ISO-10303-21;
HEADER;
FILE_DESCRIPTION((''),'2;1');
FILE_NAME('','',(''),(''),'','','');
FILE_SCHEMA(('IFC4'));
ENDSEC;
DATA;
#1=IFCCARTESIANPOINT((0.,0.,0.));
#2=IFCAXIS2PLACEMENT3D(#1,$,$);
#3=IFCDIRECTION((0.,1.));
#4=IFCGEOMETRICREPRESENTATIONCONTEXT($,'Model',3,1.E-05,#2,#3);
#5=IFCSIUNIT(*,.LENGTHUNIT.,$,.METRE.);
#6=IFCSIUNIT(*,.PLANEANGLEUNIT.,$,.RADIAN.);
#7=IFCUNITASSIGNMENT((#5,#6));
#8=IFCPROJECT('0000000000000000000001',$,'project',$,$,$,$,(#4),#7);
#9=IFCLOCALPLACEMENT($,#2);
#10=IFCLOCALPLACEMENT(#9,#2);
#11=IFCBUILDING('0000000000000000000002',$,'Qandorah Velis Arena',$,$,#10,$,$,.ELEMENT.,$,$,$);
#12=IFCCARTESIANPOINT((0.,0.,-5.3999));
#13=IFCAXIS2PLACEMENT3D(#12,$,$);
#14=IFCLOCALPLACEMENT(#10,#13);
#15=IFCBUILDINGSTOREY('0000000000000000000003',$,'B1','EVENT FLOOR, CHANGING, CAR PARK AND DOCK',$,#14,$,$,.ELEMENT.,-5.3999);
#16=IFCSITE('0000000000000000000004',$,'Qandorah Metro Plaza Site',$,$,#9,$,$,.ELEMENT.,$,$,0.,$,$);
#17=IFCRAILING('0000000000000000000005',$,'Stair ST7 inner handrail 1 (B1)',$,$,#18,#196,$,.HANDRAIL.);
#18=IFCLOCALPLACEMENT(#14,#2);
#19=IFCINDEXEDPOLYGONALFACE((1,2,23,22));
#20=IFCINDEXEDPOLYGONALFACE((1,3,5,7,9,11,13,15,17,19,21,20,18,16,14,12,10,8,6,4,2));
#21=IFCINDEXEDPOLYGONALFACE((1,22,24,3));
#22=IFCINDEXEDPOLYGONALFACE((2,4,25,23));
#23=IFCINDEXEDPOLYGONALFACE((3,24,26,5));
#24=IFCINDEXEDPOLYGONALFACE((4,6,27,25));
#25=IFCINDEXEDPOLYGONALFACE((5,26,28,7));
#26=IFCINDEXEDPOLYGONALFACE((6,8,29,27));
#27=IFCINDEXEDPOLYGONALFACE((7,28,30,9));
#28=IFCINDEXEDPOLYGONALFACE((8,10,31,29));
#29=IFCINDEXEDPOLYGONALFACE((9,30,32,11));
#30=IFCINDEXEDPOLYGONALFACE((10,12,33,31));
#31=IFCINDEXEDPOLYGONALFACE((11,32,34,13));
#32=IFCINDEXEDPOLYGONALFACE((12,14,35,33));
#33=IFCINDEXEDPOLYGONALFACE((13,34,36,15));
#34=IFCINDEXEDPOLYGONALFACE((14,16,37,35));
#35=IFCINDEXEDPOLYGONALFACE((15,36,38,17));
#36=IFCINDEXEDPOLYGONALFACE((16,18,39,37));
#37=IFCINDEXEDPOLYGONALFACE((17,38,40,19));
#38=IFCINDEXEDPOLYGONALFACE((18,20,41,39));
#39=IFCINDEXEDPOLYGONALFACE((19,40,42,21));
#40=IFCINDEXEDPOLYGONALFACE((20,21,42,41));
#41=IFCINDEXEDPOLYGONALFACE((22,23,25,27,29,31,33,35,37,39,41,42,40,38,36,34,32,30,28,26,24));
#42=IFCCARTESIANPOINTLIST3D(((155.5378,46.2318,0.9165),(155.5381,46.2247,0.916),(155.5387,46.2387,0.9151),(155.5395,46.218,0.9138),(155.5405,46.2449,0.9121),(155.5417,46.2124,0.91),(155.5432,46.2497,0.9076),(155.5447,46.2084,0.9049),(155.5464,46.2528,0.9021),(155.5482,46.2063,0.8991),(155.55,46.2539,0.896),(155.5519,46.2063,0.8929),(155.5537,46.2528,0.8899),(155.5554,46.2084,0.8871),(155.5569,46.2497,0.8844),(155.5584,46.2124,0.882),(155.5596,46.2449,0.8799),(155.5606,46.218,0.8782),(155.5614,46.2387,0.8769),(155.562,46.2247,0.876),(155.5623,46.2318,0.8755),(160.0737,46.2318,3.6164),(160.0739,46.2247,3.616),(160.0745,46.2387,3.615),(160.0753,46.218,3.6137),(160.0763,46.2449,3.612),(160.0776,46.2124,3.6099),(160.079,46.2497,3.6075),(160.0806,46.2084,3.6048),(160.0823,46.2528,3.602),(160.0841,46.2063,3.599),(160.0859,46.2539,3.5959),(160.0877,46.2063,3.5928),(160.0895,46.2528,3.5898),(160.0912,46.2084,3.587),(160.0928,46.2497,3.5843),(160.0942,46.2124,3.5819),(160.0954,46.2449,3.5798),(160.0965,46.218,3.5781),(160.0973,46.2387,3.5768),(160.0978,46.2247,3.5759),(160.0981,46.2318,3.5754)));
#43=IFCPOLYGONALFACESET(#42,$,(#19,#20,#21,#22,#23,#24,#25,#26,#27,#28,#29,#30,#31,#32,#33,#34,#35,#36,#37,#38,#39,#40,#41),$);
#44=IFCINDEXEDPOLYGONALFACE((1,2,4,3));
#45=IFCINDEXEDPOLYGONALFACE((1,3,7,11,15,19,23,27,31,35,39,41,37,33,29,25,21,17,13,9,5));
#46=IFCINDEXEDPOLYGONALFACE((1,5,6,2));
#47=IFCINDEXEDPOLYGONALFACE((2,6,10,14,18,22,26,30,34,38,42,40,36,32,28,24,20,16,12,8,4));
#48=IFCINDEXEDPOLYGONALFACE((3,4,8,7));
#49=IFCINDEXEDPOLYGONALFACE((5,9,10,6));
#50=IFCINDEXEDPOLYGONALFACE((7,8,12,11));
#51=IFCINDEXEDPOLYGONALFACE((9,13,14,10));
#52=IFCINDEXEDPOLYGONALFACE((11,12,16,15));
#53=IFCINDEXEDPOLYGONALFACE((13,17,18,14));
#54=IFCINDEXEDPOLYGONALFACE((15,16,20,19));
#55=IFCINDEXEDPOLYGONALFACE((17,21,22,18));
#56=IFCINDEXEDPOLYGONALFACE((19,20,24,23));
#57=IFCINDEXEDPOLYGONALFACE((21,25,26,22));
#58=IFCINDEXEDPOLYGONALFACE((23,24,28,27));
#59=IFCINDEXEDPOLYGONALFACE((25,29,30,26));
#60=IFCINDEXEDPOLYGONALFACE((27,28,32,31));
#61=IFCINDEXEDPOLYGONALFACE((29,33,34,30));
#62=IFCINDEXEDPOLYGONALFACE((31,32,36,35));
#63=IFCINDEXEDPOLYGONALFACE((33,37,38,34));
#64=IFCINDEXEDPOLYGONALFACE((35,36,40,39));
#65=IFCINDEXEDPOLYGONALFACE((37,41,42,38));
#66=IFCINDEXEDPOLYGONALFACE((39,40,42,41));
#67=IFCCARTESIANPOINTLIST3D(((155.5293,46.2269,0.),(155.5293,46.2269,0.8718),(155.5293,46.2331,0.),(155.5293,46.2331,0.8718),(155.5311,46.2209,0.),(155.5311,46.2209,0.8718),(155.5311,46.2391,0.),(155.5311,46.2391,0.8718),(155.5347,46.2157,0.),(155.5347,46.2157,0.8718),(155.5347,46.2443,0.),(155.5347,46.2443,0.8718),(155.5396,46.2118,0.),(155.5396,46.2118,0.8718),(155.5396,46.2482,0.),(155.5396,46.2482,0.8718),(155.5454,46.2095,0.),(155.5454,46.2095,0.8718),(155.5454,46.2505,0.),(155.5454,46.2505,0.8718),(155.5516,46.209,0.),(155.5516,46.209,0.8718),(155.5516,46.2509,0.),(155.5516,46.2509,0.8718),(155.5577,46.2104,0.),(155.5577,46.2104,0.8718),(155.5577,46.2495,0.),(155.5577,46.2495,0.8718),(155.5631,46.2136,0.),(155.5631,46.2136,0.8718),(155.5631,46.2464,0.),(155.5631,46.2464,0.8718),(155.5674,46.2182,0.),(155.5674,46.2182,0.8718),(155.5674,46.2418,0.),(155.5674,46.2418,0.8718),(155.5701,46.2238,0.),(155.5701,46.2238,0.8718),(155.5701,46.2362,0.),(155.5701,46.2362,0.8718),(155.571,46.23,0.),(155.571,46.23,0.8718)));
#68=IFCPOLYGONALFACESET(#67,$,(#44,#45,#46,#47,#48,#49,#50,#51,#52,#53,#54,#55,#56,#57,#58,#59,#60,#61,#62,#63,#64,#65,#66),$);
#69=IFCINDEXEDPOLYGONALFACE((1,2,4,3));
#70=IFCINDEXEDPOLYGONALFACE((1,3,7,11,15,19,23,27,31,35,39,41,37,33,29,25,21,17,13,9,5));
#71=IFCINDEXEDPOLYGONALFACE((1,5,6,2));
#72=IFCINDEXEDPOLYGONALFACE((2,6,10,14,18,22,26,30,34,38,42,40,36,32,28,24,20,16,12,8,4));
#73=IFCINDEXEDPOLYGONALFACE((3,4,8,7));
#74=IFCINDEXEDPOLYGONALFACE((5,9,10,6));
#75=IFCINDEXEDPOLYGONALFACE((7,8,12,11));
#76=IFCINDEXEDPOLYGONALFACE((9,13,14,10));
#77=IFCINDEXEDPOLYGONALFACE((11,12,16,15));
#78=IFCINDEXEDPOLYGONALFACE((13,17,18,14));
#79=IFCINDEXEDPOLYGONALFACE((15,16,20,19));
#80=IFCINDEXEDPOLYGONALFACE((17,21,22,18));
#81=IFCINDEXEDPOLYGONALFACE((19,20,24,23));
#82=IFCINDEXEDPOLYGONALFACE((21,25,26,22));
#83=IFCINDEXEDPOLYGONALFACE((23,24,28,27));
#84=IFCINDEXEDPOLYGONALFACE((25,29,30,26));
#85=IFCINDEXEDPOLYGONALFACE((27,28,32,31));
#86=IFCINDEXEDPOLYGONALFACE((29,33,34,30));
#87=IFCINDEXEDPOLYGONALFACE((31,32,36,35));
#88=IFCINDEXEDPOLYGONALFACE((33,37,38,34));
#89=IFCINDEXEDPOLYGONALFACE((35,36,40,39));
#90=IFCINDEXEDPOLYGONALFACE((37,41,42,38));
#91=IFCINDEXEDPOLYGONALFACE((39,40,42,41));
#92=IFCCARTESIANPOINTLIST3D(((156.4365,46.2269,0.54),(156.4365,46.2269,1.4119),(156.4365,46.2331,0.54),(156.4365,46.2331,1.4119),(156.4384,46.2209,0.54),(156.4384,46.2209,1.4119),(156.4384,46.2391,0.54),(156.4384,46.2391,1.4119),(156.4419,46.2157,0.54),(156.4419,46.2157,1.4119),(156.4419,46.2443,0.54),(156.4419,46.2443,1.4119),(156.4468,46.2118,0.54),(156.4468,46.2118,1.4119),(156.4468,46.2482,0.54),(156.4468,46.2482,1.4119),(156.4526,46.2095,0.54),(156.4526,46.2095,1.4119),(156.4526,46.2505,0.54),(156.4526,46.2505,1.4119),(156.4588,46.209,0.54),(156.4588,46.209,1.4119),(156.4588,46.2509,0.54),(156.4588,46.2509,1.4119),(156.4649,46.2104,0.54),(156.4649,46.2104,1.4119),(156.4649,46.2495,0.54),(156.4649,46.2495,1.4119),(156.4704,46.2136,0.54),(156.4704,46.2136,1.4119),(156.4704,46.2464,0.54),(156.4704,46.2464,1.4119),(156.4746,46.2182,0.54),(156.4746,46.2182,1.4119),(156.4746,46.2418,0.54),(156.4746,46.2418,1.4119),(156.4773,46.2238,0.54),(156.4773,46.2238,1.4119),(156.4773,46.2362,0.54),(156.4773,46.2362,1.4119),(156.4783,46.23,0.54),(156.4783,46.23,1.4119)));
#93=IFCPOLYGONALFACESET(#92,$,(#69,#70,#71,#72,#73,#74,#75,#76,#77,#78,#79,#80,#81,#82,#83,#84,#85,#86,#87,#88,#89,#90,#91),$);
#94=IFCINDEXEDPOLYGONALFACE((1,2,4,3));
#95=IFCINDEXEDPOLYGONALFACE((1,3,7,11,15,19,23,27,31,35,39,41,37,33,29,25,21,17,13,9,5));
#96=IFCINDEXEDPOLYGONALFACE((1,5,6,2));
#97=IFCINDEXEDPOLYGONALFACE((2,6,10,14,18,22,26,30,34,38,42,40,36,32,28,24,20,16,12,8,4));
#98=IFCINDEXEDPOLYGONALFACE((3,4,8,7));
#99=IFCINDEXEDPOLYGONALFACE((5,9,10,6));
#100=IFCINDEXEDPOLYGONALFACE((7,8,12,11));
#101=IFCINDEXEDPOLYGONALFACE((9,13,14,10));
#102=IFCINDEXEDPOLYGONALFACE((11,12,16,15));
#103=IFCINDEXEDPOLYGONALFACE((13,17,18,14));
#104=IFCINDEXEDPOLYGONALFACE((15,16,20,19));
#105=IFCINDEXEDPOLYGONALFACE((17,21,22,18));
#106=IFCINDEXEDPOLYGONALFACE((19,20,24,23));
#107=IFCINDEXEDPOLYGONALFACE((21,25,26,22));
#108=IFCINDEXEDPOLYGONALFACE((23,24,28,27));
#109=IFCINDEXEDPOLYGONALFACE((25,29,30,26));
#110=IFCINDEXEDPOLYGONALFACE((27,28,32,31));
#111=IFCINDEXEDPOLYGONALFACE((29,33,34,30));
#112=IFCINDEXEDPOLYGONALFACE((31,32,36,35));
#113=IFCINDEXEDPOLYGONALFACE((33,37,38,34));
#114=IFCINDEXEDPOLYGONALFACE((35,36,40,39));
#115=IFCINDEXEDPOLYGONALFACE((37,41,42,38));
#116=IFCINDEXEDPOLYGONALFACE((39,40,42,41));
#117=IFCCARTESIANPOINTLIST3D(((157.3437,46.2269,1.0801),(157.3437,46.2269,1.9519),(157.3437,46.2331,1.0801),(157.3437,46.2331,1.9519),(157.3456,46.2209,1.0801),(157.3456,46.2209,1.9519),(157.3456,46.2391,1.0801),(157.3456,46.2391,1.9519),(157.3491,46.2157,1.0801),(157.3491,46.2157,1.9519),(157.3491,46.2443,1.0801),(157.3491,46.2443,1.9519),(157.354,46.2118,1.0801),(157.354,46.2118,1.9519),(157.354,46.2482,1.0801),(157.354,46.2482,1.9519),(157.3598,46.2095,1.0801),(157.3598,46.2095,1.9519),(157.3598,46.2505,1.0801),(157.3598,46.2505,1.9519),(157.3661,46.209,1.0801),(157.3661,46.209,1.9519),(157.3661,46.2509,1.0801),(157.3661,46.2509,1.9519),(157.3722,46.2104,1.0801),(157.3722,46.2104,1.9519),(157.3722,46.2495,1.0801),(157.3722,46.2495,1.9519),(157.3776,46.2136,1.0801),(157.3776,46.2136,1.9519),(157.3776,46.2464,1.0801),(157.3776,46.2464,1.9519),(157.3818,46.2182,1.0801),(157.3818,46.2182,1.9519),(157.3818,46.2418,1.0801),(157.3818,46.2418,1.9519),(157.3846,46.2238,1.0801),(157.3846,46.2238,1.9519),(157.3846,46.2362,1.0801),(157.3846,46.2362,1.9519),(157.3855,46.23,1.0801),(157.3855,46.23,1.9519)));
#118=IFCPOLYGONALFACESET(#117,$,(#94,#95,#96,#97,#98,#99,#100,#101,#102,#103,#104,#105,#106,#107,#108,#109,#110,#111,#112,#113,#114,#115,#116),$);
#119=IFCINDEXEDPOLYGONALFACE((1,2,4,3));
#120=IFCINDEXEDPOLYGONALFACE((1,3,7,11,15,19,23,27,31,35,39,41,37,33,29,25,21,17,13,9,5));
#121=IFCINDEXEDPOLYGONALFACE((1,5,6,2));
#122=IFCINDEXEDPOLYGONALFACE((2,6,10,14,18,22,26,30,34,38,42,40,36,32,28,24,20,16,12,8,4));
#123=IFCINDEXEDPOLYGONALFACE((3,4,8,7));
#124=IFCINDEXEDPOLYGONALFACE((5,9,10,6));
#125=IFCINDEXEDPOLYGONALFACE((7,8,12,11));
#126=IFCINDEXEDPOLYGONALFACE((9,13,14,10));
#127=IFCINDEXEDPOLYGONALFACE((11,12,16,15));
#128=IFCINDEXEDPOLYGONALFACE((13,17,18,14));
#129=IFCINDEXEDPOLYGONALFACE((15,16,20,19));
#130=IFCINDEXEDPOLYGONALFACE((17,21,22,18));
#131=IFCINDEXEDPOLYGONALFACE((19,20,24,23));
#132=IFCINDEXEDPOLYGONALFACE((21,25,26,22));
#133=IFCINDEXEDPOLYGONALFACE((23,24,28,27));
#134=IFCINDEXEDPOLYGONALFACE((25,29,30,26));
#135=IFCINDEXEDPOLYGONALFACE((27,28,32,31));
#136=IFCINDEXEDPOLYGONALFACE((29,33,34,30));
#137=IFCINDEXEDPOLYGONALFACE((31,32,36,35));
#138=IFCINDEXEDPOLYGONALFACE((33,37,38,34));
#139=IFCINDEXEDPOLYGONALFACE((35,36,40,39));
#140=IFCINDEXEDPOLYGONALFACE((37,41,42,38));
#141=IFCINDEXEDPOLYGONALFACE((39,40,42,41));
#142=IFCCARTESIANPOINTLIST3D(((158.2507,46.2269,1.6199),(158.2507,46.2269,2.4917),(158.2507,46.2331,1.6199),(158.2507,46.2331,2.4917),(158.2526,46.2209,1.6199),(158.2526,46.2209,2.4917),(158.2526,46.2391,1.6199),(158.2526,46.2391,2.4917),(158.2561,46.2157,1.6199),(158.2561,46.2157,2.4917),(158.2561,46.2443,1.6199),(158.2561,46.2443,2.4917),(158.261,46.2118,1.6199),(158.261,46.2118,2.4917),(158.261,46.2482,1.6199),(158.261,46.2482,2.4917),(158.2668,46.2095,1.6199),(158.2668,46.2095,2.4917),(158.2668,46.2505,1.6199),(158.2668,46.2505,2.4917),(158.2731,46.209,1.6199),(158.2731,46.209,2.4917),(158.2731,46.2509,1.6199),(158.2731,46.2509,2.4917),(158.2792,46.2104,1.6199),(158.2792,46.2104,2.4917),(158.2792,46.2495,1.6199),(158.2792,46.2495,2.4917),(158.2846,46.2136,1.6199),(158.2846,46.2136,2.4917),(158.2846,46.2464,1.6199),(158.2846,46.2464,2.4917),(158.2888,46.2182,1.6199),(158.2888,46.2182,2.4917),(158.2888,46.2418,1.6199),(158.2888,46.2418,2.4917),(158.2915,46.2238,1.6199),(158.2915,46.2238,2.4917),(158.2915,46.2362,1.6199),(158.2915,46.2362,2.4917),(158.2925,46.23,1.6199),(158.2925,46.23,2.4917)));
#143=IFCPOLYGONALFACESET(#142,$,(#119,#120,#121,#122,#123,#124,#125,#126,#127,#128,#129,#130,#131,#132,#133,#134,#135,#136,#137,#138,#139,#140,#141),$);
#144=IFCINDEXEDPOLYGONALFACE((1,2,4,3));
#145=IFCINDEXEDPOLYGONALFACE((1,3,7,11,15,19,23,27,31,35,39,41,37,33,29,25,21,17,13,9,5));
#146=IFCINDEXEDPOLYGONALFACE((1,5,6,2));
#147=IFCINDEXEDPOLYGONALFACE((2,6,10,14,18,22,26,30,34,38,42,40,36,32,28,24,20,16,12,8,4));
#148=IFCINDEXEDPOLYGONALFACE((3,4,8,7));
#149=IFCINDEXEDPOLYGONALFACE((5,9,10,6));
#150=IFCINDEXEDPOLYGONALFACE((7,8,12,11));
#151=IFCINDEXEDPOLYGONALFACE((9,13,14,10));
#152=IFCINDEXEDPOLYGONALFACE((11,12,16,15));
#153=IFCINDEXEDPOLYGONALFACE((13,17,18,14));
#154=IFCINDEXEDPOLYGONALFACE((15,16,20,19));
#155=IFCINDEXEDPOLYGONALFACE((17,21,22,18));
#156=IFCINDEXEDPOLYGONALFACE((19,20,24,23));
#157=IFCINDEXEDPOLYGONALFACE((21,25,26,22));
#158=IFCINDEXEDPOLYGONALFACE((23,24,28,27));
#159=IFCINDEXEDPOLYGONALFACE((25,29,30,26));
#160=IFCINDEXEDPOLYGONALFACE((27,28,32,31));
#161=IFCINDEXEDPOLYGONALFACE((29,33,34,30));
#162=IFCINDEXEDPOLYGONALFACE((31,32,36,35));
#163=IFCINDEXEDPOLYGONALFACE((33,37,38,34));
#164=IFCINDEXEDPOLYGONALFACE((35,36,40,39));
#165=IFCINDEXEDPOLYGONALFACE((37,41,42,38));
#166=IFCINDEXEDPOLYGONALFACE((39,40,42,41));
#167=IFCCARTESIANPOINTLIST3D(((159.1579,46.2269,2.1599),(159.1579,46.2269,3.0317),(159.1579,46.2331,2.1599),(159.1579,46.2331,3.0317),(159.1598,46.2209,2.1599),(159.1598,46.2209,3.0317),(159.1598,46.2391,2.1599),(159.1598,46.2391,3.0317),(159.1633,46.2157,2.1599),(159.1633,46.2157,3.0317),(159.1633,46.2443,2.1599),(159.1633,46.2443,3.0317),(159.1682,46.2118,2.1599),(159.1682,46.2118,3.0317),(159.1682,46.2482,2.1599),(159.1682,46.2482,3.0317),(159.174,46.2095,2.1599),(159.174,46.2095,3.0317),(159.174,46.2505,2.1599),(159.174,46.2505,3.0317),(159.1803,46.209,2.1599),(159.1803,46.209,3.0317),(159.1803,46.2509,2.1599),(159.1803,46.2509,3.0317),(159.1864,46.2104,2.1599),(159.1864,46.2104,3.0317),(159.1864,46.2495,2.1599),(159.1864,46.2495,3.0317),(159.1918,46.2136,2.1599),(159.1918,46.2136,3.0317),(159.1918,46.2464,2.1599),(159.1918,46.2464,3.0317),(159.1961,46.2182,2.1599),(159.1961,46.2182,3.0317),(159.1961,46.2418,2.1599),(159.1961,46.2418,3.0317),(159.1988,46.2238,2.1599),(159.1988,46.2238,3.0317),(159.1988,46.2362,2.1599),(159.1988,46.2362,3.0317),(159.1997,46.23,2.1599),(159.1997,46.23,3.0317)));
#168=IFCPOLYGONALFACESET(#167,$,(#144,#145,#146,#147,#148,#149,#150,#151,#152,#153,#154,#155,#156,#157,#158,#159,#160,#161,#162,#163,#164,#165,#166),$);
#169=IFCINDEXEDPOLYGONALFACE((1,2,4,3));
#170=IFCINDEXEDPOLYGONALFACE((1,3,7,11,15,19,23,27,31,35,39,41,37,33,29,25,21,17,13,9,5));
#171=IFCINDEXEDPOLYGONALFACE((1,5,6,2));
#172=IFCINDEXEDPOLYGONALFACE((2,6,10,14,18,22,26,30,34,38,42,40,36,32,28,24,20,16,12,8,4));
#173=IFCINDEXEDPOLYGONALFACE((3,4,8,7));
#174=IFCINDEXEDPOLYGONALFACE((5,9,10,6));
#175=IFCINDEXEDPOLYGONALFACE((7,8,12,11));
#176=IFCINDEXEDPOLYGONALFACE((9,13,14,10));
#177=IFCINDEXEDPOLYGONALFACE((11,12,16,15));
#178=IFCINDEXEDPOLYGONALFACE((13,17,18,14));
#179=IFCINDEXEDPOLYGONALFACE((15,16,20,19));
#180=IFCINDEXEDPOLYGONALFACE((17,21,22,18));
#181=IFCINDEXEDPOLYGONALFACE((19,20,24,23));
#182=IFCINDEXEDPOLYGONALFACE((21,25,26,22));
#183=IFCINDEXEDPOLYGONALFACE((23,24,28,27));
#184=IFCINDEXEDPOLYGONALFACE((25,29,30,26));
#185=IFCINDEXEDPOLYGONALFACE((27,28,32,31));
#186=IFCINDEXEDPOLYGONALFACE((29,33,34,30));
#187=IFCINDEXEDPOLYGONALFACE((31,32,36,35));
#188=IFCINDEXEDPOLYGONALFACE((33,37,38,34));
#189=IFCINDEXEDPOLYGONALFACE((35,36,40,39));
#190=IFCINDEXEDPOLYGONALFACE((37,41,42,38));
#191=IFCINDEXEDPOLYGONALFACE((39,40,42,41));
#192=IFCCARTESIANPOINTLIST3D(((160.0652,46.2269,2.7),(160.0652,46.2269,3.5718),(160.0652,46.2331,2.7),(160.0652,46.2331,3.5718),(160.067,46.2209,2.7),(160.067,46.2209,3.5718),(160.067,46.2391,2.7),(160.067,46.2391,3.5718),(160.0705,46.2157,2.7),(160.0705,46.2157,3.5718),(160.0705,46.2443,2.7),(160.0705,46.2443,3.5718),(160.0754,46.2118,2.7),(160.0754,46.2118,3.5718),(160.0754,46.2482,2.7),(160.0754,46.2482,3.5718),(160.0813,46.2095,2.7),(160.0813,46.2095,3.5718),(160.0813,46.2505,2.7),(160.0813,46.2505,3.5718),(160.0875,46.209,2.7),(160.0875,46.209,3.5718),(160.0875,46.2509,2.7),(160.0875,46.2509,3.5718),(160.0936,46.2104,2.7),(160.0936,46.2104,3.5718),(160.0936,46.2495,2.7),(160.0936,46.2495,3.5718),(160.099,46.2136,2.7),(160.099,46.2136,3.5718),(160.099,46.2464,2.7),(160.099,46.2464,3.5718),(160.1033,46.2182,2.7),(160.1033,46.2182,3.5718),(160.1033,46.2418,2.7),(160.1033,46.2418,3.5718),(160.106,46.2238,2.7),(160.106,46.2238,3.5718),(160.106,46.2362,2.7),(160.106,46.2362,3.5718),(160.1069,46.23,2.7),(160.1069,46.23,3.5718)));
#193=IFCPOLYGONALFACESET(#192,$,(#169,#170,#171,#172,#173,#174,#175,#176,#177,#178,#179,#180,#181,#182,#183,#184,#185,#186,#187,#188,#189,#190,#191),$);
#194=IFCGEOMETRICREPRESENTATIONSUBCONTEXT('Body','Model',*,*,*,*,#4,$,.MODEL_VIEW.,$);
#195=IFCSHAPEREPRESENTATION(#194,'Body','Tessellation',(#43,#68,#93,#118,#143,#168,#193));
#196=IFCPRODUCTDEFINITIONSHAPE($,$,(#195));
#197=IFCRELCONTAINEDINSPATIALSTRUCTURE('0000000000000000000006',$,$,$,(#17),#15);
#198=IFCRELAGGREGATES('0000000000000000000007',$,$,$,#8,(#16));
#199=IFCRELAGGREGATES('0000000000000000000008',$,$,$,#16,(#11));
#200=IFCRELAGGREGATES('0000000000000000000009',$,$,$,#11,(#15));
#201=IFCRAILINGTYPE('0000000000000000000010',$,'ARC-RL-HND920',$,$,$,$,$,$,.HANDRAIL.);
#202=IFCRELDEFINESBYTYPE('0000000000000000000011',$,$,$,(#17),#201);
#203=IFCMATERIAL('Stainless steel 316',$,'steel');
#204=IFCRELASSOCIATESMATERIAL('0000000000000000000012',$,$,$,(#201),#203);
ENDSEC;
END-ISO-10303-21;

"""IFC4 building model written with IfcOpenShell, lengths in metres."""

from ifc_helpers import new_model, si_unit, direction, frame, origin, origin_2d, place, context, subcontext, project, spatial, circle, extrude, material, type_object, element, save


model = new_model("IFC4")

# Units and contexts
model_context = context("Model", 3, precision=1e-05, world=origin(), true_north=direction((0.0, 1.0)))
body_context = subcontext(model_context, "Body", "Model", "MODEL_VIEW")
ifc_project = project(units=[si_unit("LENGTHUNIT", "METRE"), si_unit("PLANEANGLEUNIT", "RADIAN")], contexts=[model_context])

# Site, building, storey
site_placement = place(None, origin())
site = spatial("IfcSite", under=ifc_project, at=site_placement, Name="Qandorah Metro Plaza Site", CompositionType="ELEMENT", RefElevation=0.0)
building_placement = place(site_placement, origin())
building = spatial("IfcBuilding", under=site, at=building_placement, Name="Qandorah Velis Arena", CompositionType="ELEMENT")
storey_placement = place(building_placement, frame((0.0, 0.0, -5.3999)))
storey = spatial("IfcBuildingStorey", under=building, at=storey_placement, Name="B1", Description="EVENT FLOOR, CHANGING, CAR PARK AND DOCK", CompositionType="ELEMENT", Elevation=-5.3999)

# Railing
ifc_material_1 = material(Name="Stainless steel 316", Category="steel")
railing_type_1 = type_object("IfcRailingType", Name="ARC-RL-HND920", PredefinedType="HANDRAIL", material=ifc_material_1)
railing_1_placement = place(storey_placement, frame((155.55, 46.23, 0.0)))
element("IfcRailing", 1, at=railing_1_placement, inside=storey, type_object=railing_type_1, Name="Stair ST7 inner handrail 1 (B1)", PredefinedType="HANDRAIL", context=body_context, shape_type="SweptSolid", body=[
    extrude(circle(Radius=0.0239, at=origin_2d()), frame((0.0, 0.0, 0.896), z_axis=(0.859291, 0.0, 0.511486), x_axis=(0.0, 1.0, 0.0)), (0.0, 0.0, 1.0), 5.2786),
    extrude(circle(Radius=0.021, at=origin_2d()), origin(), (0.0, 0.0, 1.0), 0.8718),
    extrude(circle(Radius=0.021, at=origin_2d()), frame((0.9072, 0.0, 0.54)), (0.0, 0.0, 1.0), 0.8718),
    extrude(circle(Radius=0.021, at=origin_2d()), frame((1.8145, 0.0, 1.0801)), (0.0, 0.0, 1.0), 0.8718),
    extrude(circle(Radius=0.021, at=origin_2d()), frame((2.7214, 0.0, 1.6199)), (0.0, 0.0, 1.0), 0.8718),
    extrude(circle(Radius=0.021, at=origin_2d()), frame((3.6287, 0.0, 2.1599)), (0.0, 0.0, 1.0), 0.8718),
    extrude(circle(Radius=0.021, at=origin_2d()), frame((4.5359, 0.0, 2.7)), (0.0, 0.0, 1.0), 0.8718),
])

save(model, "model.ifc")
